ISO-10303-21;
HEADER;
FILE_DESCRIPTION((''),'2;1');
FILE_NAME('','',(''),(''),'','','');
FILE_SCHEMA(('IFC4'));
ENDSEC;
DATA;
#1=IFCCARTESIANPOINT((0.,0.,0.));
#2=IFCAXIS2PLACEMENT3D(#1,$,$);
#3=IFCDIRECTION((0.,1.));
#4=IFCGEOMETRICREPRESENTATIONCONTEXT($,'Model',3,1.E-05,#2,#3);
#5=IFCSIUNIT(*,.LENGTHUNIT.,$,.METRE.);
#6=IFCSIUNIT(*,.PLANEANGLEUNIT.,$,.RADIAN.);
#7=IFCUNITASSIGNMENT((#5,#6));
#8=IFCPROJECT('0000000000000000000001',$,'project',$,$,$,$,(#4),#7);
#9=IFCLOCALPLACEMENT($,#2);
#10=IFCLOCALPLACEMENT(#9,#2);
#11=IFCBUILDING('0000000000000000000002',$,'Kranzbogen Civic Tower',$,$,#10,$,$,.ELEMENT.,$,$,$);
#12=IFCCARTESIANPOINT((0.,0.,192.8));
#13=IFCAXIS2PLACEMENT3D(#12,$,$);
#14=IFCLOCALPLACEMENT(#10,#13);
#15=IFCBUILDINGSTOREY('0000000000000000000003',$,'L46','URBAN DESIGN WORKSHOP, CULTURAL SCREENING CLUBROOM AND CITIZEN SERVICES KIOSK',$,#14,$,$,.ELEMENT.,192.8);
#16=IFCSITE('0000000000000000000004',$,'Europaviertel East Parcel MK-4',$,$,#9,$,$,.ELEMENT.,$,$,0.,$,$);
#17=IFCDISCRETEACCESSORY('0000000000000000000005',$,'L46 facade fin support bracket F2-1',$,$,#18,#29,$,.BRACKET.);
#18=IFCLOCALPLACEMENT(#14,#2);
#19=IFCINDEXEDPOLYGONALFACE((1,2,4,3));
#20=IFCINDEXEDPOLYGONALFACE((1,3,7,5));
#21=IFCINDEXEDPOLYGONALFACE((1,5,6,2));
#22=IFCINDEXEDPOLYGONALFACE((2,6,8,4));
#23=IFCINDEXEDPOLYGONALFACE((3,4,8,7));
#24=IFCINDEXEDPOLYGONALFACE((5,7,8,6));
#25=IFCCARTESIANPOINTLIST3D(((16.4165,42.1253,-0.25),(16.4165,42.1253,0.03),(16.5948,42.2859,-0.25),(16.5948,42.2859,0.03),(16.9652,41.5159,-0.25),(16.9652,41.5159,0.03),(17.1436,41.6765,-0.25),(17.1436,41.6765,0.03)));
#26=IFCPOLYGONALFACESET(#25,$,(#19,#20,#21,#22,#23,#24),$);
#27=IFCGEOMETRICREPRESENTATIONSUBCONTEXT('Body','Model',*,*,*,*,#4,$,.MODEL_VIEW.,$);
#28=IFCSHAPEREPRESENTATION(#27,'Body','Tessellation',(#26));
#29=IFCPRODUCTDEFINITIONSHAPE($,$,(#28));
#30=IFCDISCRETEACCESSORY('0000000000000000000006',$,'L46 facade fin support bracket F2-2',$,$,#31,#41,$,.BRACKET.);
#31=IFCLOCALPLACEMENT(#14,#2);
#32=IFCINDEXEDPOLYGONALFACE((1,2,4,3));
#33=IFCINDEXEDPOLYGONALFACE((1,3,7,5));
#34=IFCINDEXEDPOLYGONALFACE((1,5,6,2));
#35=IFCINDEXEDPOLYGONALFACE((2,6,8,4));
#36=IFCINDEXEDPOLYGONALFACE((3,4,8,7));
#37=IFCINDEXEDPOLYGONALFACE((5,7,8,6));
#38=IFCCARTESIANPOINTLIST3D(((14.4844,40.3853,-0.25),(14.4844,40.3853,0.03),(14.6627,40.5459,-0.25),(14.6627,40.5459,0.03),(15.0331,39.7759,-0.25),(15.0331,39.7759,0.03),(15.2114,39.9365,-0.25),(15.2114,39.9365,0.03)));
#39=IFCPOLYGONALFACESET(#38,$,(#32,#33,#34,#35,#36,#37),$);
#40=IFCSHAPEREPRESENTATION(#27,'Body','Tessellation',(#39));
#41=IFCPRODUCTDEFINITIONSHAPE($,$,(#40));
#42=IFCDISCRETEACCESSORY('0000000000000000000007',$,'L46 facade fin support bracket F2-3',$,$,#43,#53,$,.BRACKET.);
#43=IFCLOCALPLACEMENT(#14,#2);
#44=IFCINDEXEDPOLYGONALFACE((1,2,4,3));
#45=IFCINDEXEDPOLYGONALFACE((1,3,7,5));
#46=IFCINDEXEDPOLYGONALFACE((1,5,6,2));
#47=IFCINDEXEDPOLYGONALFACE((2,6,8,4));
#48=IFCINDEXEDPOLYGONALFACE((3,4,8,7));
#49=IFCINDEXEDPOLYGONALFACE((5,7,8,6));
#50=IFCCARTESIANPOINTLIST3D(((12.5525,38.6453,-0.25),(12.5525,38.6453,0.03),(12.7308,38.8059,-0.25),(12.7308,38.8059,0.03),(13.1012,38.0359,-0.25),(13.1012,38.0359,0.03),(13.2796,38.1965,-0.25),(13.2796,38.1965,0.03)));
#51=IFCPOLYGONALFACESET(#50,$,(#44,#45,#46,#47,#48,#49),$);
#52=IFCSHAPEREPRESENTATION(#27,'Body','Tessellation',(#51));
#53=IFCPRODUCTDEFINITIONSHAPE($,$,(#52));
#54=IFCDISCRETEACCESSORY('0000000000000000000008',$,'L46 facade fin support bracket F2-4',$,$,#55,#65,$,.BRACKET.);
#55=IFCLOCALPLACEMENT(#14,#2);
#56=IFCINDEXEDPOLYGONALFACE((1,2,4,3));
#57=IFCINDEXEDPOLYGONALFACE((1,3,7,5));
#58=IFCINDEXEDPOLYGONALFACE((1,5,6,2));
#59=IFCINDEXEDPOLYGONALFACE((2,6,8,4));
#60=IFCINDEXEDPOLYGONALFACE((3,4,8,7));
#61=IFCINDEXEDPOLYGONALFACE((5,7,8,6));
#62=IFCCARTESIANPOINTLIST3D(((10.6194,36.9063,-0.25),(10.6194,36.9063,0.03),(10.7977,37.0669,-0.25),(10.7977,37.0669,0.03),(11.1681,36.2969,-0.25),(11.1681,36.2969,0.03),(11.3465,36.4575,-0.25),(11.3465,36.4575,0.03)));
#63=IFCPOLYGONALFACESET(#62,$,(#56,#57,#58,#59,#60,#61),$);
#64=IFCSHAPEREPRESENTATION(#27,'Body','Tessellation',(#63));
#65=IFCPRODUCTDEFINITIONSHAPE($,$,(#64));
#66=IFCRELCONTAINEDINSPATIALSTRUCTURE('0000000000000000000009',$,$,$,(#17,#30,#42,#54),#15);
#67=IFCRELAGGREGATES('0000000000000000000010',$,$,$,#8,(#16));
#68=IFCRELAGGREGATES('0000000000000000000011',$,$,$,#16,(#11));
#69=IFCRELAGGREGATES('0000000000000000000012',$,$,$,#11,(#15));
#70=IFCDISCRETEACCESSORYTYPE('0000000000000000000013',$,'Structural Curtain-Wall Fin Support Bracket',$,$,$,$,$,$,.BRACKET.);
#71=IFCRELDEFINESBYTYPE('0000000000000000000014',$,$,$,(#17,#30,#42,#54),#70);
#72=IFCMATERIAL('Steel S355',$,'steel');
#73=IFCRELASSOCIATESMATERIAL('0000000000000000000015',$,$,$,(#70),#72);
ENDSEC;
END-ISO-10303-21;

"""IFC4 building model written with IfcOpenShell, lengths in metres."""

from ifc_helpers import new_model, si_unit, direction, frame, origin, origin_2d, place, context, subcontext, project, spatial, rectangle, extrude, material, type_object, element, save


model = new_model("IFC4")

# Units and contexts
model_context = context("Model", 3, precision=1e-05, world=origin(), true_north=direction((0.0, 1.0)))
body_context = subcontext(model_context, "Body", "Model", "MODEL_VIEW")
ifc_project = project(units=[si_unit("LENGTHUNIT", "METRE"), si_unit("PLANEANGLEUNIT", "RADIAN")], contexts=[model_context])

# Site, building, storey
site_placement = place(None, origin())
site = spatial("IfcSite", under=ifc_project, at=site_placement, Name="Europaviertel East Parcel MK-4", CompositionType="ELEMENT", RefElevation=0.0)
building_placement = place(site_placement, origin())
building = spatial("IfcBuilding", under=site, at=building_placement, Name="Kranzbogen Civic Tower", CompositionType="ELEMENT")
storey_placement = place(building_placement, frame((0.0, 0.0, 192.8)))
storey = spatial("IfcBuildingStorey", under=building, at=storey_placement, Name="L46", Description="URBAN DESIGN WORKSHOP, CULTURAL SCREENING CLUBROOM AND CITIZEN SERVICES KIOSK", CompositionType="ELEMENT", Elevation=192.8)

# Shared definitions
ifc_material_1 = material(Name="Steel S355", Category="steel")

# Discrete accessories
discrete_accessory_type = type_object("IfcDiscreteAccessoryType", Name="Structural Curtain-Wall Fin Support Bracket", PredefinedType="BRACKET", material=ifc_material_1)
for number, where, z_axis, x_axis, name in (
    (1, (16.78, 41.9009, -0.25), (0.0, 0.0, 1.0), (-0.669131, 0.743145, 0.0), "L46 facade fin support bracket F2-1"),
    (2, (14.8479, 40.1609, -0.25), (0.0, 0.0, 1.0), (-0.669131, 0.743145, 0.0), "L46 facade fin support bracket F2-2"),
    (3, (12.916, 38.4209, -0.25), (0.0, 0.0, 1.0), (-0.669131, 0.743145, 0.0), "L46 facade fin support bracket F2-3"),
    (4, (10.9829, 36.6819, -0.25), (0.0, 0.0, 1.0), (-0.669131, 0.743145, 0.0), "L46 facade fin support bracket F2-4"),
):
    element("IfcDiscreteAccessory", number, at=place(storey_placement, frame(where, z_axis=z_axis, x_axis=x_axis)), inside=storey, type_object=discrete_accessory_type, Name=name, PredefinedType="BRACKET", context=body_context, shape_type="SweptSolid", body=[
        extrude(rectangle(XDim=0.8201, YDim=0.24, at=origin_2d()), origin(), (0.0, 0.0, 1.0), 0.28),
    ])

save(model, "model.ifc")
